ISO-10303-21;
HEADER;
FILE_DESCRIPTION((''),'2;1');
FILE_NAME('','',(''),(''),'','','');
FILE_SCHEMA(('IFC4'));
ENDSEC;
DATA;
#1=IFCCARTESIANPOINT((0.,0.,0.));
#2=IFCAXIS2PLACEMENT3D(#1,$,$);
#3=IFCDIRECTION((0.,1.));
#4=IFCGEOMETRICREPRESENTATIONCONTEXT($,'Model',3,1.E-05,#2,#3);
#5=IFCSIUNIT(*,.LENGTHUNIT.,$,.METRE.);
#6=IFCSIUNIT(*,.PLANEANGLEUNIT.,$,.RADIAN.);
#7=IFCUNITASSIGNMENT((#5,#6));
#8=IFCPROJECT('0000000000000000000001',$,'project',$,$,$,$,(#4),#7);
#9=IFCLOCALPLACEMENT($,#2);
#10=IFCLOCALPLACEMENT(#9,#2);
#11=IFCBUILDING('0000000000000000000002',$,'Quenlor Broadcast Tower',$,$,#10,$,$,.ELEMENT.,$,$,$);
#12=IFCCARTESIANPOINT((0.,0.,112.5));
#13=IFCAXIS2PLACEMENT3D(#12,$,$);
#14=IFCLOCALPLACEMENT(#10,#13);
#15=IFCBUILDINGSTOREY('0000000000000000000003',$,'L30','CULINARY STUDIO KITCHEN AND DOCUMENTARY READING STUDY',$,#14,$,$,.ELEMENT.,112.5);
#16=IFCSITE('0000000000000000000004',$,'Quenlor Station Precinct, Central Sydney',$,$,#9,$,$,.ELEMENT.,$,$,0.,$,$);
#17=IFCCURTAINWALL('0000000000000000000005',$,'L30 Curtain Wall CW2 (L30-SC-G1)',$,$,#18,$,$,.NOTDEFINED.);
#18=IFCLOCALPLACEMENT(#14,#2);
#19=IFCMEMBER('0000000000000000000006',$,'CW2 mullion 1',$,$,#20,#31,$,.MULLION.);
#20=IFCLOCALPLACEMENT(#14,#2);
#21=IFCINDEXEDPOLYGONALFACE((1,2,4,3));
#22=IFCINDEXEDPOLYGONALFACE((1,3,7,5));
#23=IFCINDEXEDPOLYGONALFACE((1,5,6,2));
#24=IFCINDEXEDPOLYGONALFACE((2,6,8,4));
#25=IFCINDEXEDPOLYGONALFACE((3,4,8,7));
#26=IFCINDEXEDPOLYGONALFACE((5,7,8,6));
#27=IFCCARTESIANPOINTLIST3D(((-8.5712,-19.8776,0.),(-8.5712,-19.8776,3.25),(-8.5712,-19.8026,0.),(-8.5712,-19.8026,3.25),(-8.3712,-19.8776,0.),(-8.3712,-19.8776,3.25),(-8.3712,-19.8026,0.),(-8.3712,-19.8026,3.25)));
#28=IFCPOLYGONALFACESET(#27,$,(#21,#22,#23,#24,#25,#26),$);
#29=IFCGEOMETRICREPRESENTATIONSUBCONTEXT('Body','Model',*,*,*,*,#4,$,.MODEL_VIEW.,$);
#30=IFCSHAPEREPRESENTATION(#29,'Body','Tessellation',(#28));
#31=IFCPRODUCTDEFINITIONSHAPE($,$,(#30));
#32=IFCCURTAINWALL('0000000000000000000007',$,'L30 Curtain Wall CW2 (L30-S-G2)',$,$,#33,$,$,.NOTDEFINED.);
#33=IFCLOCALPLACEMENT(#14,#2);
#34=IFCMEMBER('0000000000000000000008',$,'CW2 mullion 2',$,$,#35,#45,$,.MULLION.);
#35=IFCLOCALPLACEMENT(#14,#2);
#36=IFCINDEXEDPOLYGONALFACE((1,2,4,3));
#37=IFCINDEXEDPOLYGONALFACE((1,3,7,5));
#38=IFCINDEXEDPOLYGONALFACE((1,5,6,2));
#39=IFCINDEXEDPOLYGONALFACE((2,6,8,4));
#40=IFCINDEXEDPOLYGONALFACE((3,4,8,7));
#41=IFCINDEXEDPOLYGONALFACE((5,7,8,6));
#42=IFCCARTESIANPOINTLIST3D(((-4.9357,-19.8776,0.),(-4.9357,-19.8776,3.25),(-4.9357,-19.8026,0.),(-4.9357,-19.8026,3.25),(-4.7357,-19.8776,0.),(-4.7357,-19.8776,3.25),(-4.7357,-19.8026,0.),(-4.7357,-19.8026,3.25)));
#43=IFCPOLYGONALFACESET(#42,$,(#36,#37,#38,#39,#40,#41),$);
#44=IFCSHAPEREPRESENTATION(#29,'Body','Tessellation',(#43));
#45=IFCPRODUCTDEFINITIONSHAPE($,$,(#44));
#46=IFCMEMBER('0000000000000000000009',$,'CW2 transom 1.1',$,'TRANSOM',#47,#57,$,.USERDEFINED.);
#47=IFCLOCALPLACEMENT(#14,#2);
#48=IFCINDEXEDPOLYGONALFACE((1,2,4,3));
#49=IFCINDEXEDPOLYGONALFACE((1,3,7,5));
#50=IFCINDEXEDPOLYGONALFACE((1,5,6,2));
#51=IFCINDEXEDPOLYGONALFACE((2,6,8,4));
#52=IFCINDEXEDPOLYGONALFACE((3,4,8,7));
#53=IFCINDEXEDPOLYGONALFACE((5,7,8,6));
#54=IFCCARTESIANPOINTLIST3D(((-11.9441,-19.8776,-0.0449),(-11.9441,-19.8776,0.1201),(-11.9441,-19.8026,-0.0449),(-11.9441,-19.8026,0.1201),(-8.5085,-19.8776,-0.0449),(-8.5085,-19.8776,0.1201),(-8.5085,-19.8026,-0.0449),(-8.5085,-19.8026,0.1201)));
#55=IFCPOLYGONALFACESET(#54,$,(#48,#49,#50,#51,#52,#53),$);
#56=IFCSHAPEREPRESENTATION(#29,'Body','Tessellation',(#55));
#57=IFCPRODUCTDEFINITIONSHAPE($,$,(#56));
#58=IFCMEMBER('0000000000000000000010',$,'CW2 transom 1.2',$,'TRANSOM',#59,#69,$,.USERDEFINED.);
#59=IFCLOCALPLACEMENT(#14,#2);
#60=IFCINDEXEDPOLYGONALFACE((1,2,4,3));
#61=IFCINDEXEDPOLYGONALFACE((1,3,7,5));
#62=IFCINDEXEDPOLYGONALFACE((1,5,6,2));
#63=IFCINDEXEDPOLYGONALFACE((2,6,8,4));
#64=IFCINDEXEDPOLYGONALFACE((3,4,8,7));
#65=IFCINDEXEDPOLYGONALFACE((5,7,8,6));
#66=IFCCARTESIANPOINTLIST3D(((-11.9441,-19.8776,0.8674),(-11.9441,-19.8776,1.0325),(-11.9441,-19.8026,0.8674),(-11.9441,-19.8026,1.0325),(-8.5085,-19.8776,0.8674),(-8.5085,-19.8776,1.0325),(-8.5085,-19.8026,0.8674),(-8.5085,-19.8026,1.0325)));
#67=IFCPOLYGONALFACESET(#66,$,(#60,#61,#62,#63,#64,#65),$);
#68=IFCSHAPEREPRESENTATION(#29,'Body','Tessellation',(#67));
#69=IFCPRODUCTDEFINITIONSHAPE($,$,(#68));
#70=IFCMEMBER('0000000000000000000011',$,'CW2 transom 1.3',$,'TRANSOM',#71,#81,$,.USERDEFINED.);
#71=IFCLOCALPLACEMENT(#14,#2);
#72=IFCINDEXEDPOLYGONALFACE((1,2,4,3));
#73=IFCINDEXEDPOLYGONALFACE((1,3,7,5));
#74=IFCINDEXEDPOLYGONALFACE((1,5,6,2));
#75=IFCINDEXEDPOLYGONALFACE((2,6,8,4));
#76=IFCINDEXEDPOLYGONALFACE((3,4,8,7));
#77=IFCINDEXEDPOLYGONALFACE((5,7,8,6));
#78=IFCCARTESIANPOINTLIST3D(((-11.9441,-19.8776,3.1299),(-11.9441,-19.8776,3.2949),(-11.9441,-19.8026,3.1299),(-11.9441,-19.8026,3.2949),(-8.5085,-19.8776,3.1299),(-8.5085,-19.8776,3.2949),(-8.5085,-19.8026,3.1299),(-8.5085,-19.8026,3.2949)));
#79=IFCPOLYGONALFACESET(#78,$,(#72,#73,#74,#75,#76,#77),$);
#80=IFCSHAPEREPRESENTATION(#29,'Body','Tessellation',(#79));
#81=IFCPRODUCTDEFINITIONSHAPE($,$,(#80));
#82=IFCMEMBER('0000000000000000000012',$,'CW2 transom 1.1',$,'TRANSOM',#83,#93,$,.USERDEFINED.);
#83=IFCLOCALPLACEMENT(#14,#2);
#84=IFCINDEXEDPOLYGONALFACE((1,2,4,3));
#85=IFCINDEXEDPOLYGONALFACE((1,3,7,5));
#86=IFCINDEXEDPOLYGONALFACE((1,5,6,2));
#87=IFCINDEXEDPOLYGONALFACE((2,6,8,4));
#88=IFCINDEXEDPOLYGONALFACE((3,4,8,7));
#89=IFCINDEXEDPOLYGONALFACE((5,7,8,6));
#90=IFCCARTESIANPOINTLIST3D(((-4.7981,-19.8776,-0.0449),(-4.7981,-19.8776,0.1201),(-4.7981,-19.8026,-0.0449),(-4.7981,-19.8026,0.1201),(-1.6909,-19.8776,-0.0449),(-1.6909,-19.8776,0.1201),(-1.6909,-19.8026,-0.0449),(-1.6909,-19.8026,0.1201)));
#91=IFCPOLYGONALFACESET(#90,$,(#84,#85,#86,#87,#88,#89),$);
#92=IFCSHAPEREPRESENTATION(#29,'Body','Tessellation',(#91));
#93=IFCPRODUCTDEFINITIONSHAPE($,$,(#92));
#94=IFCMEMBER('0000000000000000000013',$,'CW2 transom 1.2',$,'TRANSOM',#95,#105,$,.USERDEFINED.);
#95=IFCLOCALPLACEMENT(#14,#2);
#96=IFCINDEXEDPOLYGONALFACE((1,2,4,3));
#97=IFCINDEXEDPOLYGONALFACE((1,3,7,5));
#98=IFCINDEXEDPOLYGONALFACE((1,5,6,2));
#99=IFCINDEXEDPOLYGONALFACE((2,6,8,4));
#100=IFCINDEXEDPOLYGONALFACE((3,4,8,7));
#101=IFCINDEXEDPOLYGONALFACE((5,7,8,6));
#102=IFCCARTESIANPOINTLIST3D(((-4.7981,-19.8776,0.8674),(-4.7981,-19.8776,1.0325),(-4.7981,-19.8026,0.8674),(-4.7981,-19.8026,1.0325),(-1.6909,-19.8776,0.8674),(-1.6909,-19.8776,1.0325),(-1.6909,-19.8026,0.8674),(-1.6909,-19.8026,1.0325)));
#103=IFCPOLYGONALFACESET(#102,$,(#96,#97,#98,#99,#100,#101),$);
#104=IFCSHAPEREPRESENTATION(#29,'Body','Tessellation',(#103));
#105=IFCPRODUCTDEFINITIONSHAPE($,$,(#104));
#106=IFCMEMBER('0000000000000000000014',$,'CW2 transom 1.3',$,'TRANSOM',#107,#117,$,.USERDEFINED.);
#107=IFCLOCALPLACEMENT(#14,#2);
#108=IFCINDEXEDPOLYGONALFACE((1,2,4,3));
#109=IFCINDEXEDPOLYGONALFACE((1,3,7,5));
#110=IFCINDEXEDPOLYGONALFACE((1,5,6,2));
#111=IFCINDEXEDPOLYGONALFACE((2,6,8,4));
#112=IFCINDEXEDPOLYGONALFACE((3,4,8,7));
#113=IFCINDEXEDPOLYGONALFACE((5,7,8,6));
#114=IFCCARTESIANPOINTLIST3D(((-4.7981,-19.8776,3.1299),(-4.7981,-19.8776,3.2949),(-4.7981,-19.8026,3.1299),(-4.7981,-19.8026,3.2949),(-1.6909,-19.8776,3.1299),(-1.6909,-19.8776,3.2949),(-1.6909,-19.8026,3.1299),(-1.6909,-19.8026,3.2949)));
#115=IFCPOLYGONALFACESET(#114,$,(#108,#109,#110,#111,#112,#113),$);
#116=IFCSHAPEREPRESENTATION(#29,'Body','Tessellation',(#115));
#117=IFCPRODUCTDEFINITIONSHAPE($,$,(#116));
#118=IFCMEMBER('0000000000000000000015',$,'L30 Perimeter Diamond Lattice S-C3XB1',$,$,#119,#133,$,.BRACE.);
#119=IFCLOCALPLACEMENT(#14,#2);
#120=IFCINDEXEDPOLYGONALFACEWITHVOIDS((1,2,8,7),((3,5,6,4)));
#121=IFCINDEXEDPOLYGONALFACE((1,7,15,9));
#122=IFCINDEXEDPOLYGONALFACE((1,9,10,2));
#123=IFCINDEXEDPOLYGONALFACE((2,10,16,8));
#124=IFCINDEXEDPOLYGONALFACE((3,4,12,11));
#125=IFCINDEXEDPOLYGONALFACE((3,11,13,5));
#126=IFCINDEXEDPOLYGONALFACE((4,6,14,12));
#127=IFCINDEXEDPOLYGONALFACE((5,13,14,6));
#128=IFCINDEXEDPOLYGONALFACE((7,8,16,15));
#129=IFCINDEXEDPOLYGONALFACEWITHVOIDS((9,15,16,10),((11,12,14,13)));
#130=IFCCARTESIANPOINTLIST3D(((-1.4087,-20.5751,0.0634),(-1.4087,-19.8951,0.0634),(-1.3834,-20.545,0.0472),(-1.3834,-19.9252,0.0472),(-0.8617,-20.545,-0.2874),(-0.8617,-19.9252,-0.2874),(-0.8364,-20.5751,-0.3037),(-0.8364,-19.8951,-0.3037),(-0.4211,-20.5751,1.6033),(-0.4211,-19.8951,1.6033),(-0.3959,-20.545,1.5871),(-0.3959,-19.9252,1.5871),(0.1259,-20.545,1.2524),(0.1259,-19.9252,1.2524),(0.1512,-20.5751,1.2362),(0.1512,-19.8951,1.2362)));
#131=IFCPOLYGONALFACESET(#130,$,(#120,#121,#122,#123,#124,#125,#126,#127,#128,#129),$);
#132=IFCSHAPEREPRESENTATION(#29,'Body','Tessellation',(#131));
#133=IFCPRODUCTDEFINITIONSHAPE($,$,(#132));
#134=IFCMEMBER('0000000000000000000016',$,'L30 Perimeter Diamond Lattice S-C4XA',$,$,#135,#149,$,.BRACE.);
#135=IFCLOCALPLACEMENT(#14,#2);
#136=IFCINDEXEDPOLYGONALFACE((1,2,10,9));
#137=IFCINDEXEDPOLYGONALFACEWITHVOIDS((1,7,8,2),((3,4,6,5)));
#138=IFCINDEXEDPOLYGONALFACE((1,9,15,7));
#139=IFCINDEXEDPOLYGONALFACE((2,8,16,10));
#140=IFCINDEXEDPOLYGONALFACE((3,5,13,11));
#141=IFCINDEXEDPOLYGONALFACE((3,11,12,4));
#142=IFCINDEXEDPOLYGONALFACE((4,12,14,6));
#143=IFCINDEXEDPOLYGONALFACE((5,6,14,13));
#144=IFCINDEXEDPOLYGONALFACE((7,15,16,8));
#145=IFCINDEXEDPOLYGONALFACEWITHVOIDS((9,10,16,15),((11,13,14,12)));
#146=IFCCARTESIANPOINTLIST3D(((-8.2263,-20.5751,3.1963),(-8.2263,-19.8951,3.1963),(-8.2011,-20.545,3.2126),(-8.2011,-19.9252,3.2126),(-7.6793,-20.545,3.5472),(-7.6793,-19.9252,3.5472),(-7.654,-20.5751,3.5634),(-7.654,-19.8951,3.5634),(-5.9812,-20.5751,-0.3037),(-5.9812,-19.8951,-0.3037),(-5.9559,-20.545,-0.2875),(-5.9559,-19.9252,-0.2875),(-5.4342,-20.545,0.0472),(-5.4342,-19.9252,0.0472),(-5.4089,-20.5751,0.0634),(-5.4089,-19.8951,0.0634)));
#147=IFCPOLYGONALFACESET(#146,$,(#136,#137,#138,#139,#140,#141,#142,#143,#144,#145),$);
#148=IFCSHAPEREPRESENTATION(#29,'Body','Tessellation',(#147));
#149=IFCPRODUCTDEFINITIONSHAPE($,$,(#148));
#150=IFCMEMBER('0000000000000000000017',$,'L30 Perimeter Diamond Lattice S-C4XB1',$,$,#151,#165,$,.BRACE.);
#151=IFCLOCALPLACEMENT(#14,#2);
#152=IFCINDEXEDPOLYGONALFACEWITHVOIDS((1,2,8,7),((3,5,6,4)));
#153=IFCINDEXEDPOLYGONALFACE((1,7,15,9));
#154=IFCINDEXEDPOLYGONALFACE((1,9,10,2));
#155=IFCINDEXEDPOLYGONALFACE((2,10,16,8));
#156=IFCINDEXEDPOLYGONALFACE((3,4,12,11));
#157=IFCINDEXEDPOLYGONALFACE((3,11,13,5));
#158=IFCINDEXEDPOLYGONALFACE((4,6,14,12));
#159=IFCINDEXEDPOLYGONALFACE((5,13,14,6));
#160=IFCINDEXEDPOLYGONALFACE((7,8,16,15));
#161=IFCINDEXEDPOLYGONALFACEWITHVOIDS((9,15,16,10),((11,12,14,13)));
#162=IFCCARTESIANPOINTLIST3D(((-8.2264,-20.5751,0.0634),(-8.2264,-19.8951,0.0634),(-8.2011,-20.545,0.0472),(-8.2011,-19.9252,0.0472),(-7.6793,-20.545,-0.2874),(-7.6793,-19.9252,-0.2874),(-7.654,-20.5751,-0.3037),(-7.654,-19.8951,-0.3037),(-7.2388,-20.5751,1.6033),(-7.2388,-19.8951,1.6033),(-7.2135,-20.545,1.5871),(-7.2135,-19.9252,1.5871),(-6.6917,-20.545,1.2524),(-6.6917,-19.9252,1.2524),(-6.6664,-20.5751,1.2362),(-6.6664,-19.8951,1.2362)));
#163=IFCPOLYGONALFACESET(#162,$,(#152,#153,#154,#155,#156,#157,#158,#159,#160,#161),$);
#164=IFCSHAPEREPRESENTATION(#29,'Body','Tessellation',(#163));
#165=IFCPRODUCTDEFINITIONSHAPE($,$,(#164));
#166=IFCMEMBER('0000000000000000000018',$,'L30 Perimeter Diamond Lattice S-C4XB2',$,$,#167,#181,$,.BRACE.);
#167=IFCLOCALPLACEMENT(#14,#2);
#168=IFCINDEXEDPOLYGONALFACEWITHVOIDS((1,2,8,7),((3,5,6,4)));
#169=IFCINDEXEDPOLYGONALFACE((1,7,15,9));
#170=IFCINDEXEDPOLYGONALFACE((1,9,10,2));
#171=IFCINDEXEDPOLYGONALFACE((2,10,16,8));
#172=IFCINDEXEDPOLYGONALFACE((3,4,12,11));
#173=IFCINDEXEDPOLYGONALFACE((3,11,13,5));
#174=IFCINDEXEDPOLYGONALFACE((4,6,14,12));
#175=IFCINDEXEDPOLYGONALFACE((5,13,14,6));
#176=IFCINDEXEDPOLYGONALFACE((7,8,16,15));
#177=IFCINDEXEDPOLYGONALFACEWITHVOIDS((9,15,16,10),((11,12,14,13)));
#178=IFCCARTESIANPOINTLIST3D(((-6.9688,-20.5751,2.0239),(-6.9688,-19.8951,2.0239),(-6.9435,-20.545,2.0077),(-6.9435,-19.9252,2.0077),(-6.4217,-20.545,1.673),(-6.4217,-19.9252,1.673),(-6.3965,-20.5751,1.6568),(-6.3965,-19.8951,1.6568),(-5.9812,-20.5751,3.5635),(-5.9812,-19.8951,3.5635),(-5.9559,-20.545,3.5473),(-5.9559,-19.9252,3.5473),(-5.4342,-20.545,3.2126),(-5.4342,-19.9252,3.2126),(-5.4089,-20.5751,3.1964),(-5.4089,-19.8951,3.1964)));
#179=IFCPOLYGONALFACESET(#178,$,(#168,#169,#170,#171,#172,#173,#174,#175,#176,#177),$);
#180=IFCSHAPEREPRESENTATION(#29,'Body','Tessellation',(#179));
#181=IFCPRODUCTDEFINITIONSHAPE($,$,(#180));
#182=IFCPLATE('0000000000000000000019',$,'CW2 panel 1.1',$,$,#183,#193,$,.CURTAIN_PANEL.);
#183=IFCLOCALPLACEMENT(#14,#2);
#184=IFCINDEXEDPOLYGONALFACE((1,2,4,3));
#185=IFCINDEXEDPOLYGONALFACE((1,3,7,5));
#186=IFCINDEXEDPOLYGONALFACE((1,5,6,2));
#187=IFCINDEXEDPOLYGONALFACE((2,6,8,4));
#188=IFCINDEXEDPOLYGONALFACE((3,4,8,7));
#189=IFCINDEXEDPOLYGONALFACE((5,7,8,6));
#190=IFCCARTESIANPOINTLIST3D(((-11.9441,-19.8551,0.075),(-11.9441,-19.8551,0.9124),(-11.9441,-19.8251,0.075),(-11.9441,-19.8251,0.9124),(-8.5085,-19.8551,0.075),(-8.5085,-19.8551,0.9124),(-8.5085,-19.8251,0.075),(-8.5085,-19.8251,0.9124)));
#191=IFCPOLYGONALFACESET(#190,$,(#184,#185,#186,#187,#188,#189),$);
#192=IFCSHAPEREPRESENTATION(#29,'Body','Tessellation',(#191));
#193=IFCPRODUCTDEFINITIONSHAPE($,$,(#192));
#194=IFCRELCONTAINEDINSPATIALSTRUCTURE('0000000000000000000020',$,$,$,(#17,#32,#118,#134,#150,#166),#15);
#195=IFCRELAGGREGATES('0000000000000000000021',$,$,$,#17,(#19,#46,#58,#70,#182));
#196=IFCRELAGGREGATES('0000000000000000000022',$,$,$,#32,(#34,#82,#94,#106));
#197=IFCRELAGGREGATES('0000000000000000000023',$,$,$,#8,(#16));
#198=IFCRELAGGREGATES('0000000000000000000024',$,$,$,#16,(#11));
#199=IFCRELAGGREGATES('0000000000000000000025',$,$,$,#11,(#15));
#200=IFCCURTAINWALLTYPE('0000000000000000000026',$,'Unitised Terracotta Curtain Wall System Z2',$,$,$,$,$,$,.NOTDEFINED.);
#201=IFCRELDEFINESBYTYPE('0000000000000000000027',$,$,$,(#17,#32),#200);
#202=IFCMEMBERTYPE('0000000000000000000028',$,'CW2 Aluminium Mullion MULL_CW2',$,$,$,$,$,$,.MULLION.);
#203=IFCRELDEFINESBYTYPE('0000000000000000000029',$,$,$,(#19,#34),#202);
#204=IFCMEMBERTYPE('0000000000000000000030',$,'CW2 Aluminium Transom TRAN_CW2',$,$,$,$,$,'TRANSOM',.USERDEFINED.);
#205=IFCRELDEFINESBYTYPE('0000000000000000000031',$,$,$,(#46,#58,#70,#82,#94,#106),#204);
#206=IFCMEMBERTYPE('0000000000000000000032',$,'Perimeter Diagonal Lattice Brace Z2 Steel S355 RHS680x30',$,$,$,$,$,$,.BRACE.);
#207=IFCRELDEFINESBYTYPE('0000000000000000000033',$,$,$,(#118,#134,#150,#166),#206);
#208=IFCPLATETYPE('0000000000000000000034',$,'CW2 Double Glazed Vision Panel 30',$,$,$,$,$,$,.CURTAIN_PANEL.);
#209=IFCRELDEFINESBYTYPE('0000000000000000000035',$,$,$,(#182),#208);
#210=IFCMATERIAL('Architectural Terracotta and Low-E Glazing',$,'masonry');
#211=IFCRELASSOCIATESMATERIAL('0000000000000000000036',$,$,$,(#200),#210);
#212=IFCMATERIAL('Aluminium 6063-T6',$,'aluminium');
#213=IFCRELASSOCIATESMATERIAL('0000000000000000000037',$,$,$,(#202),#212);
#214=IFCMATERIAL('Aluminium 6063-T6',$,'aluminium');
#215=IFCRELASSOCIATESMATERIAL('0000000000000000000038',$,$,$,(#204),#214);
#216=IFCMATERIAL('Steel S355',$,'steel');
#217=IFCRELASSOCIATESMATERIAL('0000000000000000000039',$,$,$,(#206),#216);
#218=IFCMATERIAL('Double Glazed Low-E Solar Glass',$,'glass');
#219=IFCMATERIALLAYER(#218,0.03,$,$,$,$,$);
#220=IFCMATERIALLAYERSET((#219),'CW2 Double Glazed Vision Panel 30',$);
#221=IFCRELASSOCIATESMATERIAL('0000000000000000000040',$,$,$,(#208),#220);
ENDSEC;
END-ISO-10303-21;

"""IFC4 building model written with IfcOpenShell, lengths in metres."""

from ifc_helpers import new_model, si_unit, direction, frame, origin, origin_2d, place, context, subcontext, project, spatial, rectangle, hollow_rectangle, extrude, material, layer, layer_set, material_profile, profile_set, type_object, element, aggregate, save


model = new_model("IFC4")

# Units and contexts
model_context = context("Model", 3, precision=1e-05, world=origin(), true_north=direction((0.0, 1.0)))
body_context = subcontext(model_context, "Body", "Model", "MODEL_VIEW")
ifc_project = project(units=[si_unit("LENGTHUNIT", "METRE"), si_unit("PLANEANGLEUNIT", "RADIAN")], contexts=[model_context])

# Site, building, storey
site_placement = place(None, origin())
site = spatial("IfcSite", under=ifc_project, at=site_placement, Name="Quenlor Station Precinct, Central Sydney", CompositionType="ELEMENT", RefElevation=0.0)
building_placement = place(site_placement, origin())
building = spatial("IfcBuilding", under=site, at=building_placement, Name="Quenlor Broadcast Tower", CompositionType="ELEMENT")
storey_placement = place(building_placement, frame((0.0, 0.0, 112.5)))
storey = spatial("IfcBuildingStorey", under=building, at=storey_placement, Name="L30", Description="CULINARY STUDIO KITCHEN AND DOCUMENTARY READING STUDY", CompositionType="ELEMENT", Elevation=112.5)

# Curtain walls, members
ifc_material_1 = material(Name="Architectural Terracotta and Low-E Glazing", Category="masonry")
curtain_wall_type = type_object("IfcCurtainWallType", Name="Unitised Terracotta Curtain Wall System Z2", PredefinedType="NOTDEFINED", material=ifc_material_1)
curtain_wall_1_placement = place(storey_placement, origin())
curtain_wall_1 = element("IfcCurtainWall", 1, at=curtain_wall_1_placement, inside=storey, type_object=curtain_wall_type, Name="L30 Curtain Wall CW2 (L30-SC-G1)", PredefinedType="NOTDEFINED")
ifc_material_2 = material(Name="Aluminium 6063-T6", Category="aluminium")
ifc_material_profile_1 = material_profile(ifc_material_2, rectangle(XDim=0.075, YDim=0.2, at=origin_2d()))
ifc_profile_set_1 = profile_set([ifc_material_profile_1], Name="Aluminium 6063-T6 MULL75x200")
member_type_1 = type_object("IfcMemberType", Name="CW2 Aluminium Mullion MULL_CW2", PredefinedType="MULLION", material=ifc_profile_set_1)
member_1_placement = place(storey_placement, frame((-8.4712, -19.8401, 0.0), z_axis=(0.0, 0.0, 1.0), x_axis=(0.0, -1.0, 0.0)))
member_1 = element("IfcMember", 2, at=member_1_placement, type_object=member_type_1, Name="CW2 mullion 1", PredefinedType="MULLION", context=body_context, shape_type="SweptSolid", body=[
    extrude(rectangle(XDim=0.075, YDim=0.2, at=origin_2d()), origin(), (0.0, 0.0, 1.0), 3.25),
])
curtain_wall_2_placement = place(storey_placement, origin())
curtain_wall_2 = element("IfcCurtainWall", 3, at=curtain_wall_2_placement, inside=storey, type_object=curtain_wall_type, Name="L30 Curtain Wall CW2 (L30-S-G2)", PredefinedType="NOTDEFINED")
member_2_placement = place(storey_placement, frame((-4.8357, -19.8401, 0.0), z_axis=(0.0, 0.0, 1.0), x_axis=(0.0, -1.0, 0.0)))
member_2 = element("IfcMember", 4, at=member_2_placement, type_object=member_type_1, Name="CW2 mullion 2", PredefinedType="MULLION", context=body_context, shape_type="SweptSolid", body=[
    extrude(rectangle(XDim=0.075, YDim=0.2, at=origin_2d()), origin(), (0.0, 0.0, 1.0), 3.25),
])

# Members
ifc_material_3 = material(Name="Aluminium 6063-T6", Category="aluminium")
ifc_material_profile_2 = material_profile(ifc_material_3, rectangle(XDim=0.075, YDim=0.165, at=origin_2d()))
ifc_profile_set_2 = profile_set([ifc_material_profile_2], Name="Aluminium 6063-T6 TRAN75x165")
member_type_2 = type_object("IfcMemberType", Name="CW2 Aluminium Transom TRAN_CW2", ElementType="TRANSOM", PredefinedType="USERDEFINED", material=ifc_profile_set_2)
member_3_placement = place(storey_placement, frame((-8.5085, -19.8401, 0.0376), z_axis=(-1.0, 0.0, 0.0), x_axis=(0.0, -1.0, 0.0)))
member_3 = element("IfcMember", 5, at=member_3_placement, type_object=member_type_2, Name="CW2 transom 1.1", ObjectType="TRANSOM", PredefinedType="USERDEFINED", context=body_context, shape_type="SweptSolid", body=[
    extrude(rectangle(XDim=0.075, YDim=0.165, at=origin_2d()), origin(), (0.0, 0.0, 1.0), 3.4355),
])
member_4_placement = place(storey_placement, frame((-8.5085, -19.8401, 0.95), z_axis=(-1.0, 0.0, 0.0), x_axis=(0.0, -1.0, 0.0)))
member_4 = element("IfcMember", 6, at=member_4_placement, type_object=member_type_2, Name="CW2 transom 1.2", ObjectType="TRANSOM", PredefinedType="USERDEFINED", context=body_context, shape_type="SweptSolid", body=[
    extrude(rectangle(XDim=0.075, YDim=0.165, at=origin_2d()), origin(), (0.0, 0.0, 1.0), 3.4355),
])
member_5_placement = place(storey_placement, frame((-8.5085, -19.8401, 3.2124), z_axis=(-1.0, 0.0, 0.0), x_axis=(0.0, -1.0, 0.0)))
member_5 = element("IfcMember", 7, at=member_5_placement, type_object=member_type_2, Name="CW2 transom 1.3", ObjectType="TRANSOM", PredefinedType="USERDEFINED", context=body_context, shape_type="SweptSolid", body=[
    extrude(rectangle(XDim=0.075, YDim=0.165, at=origin_2d()), origin(), (0.0, 0.0, 1.0), 3.4355),
])
member_6_placement = place(storey_placement, frame((-1.6909, -19.8401, 0.0376), z_axis=(-1.0, 0.0, 0.0), x_axis=(0.0, -1.0, 0.0)))
member_6 = element("IfcMember", 8, at=member_6_placement, type_object=member_type_2, Name="CW2 transom 1.1", ObjectType="TRANSOM", PredefinedType="USERDEFINED", context=body_context, shape_type="SweptSolid", body=[
    extrude(rectangle(XDim=0.075, YDim=0.165, at=origin_2d()), origin(), (0.0, 0.0, 1.0), 3.1072),
])
member_7_placement = place(storey_placement, frame((-1.6909, -19.8401, 0.95), z_axis=(-1.0, 0.0, 0.0), x_axis=(0.0, -1.0, 0.0)))
member_7 = element("IfcMember", 9, at=member_7_placement, type_object=member_type_2, Name="CW2 transom 1.2", ObjectType="TRANSOM", PredefinedType="USERDEFINED", context=body_context, shape_type="SweptSolid", body=[
    extrude(rectangle(XDim=0.075, YDim=0.165, at=origin_2d()), origin(), (0.0, 0.0, 1.0), 3.1072),
])
member_8_placement = place(storey_placement, frame((-1.6909, -19.8401, 3.2124), z_axis=(-1.0, 0.0, 0.0), x_axis=(0.0, -1.0, 0.0)))
member_8 = element("IfcMember", 10, at=member_8_placement, type_object=member_type_2, Name="CW2 transom 1.3", ObjectType="TRANSOM", PredefinedType="USERDEFINED", context=body_context, shape_type="SweptSolid", body=[
    extrude(rectangle(XDim=0.075, YDim=0.165, at=origin_2d()), origin(), (0.0, 0.0, 1.0), 3.1072),
])

# Members
ifc_material_4 = material(Name="Steel S355", Category="steel")
ifc_material_profile_3 = material_profile(ifc_material_4, hollow_rectangle(XDim=0.6799, YDim=0.6799, WallThickness=0.03, at=origin_2d()))
ifc_profile_set_3 = profile_set([ifc_material_profile_3], Name="Steel S355 RHS680x680x30")
member_type_3 = type_object("IfcMemberType", Name="Perimeter Diagonal Lattice Brace Z2 Steel S355 RHS680x30", PredefinedType="BRACE", material=ifc_profile_set_3)
member_9_placement = place(storey_placement, frame((-1.1226, -20.2351, -0.1201), z_axis=(0.53986, 0.0, 0.841755), x_axis=(0.0, 1.0, 0.0)))
element("IfcMember", 11, at=member_9_placement, inside=storey, type_object=member_type_3, Name="L30 Perimeter Diamond Lattice S-C3XB1", PredefinedType="BRACE", context=body_context, shape_type="SweptSolid", body=[
    extrude(hollow_rectangle(XDim=0.6799, YDim=0.6799, WallThickness=0.03, at=origin_2d()), origin(), (0.0, 0.0, 1.0), 1.8293),
])
member_10_placement = place(storey_placement, frame((-5.6951, -20.2351, -0.1201), z_axis=(-0.539926, 0.0, 0.841712), x_axis=(0.0, -1.0, 0.0)))
element("IfcMember", 12, at=member_10_placement, inside=storey, type_object=member_type_3, Name="L30 Perimeter Diamond Lattice S-C4XA", PredefinedType="BRACE", context=body_context, shape_type="SweptSolid", body=[
    extrude(hollow_rectangle(XDim=0.6799, YDim=0.6799, WallThickness=0.03, at=origin_2d()), origin(), (0.0, 0.0, 1.0), 4.1582),
])
member_11_placement = place(storey_placement, frame((-7.9402, -20.2351, -0.1201), z_axis=(0.53986, 0.0, 0.841755), x_axis=(0.0, 1.0, 0.0)))
element("IfcMember", 13, at=member_11_placement, inside=storey, type_object=member_type_3, Name="L30 Perimeter Diamond Lattice S-C4XB1", PredefinedType="BRACE", context=body_context, shape_type="SweptSolid", body=[
    extrude(hollow_rectangle(XDim=0.6799, YDim=0.6799, WallThickness=0.03, at=origin_2d()), origin(), (0.0, 0.0, 1.0), 1.8293),
])
member_12_placement = place(storey_placement, frame((-6.6826, -20.2351, 1.8403), z_axis=(0.539921, 0.0, 0.841716), x_axis=(0.0, 1.0, 0.0)))
element("IfcMember", 14, at=member_12_placement, inside=storey, type_object=member_type_3, Name="L30 Perimeter Diamond Lattice S-C4XB2", PredefinedType="BRACE", context=body_context, shape_type="SweptSolid", body=[
    extrude(hollow_rectangle(XDim=0.6799, YDim=0.6799, WallThickness=0.03, at=origin_2d()), origin(), (0.0, 0.0, 1.0), 1.8291),
])

# Plate
ifc_material_5 = material(Name="Double Glazed Low-E Solar Glass", Category="glass")
ifc_layer_1 = layer(ifc_material_5, 0.03)
ifc_layer_set_1 = layer_set([ifc_layer_1], Name="CW2 Double Glazed Vision Panel 30")
plate_type_1 = type_object("IfcPlateType", Name="CW2 Double Glazed Vision Panel 30", PredefinedType="CURTAIN_PANEL", material=ifc_layer_set_1)
plate_1_placement = place(storey_placement, frame((-10.2263, -19.8401, 0.075), z_axis=(0.0, 0.0, 1.0), x_axis=(-1.0, 0.0, 0.0)))
plate_1 = element("IfcPlate", 15, at=plate_1_placement, type_object=plate_type_1, Name="CW2 panel 1.1", PredefinedType="CURTAIN_PANEL", context=body_context, shape_type="SweptSolid", body=[
    extrude(rectangle(XDim=3.4355, YDim=0.03, at=origin_2d()), origin(), (0.0, 0.0, 1.0), 0.8374),
])
aggregate(curtain_wall_1, [member_1, member_3, member_4, member_5, plate_1])
aggregate(curtain_wall_2, [member_2, member_6, member_7, member_8])

save(model, "model.ifc")
